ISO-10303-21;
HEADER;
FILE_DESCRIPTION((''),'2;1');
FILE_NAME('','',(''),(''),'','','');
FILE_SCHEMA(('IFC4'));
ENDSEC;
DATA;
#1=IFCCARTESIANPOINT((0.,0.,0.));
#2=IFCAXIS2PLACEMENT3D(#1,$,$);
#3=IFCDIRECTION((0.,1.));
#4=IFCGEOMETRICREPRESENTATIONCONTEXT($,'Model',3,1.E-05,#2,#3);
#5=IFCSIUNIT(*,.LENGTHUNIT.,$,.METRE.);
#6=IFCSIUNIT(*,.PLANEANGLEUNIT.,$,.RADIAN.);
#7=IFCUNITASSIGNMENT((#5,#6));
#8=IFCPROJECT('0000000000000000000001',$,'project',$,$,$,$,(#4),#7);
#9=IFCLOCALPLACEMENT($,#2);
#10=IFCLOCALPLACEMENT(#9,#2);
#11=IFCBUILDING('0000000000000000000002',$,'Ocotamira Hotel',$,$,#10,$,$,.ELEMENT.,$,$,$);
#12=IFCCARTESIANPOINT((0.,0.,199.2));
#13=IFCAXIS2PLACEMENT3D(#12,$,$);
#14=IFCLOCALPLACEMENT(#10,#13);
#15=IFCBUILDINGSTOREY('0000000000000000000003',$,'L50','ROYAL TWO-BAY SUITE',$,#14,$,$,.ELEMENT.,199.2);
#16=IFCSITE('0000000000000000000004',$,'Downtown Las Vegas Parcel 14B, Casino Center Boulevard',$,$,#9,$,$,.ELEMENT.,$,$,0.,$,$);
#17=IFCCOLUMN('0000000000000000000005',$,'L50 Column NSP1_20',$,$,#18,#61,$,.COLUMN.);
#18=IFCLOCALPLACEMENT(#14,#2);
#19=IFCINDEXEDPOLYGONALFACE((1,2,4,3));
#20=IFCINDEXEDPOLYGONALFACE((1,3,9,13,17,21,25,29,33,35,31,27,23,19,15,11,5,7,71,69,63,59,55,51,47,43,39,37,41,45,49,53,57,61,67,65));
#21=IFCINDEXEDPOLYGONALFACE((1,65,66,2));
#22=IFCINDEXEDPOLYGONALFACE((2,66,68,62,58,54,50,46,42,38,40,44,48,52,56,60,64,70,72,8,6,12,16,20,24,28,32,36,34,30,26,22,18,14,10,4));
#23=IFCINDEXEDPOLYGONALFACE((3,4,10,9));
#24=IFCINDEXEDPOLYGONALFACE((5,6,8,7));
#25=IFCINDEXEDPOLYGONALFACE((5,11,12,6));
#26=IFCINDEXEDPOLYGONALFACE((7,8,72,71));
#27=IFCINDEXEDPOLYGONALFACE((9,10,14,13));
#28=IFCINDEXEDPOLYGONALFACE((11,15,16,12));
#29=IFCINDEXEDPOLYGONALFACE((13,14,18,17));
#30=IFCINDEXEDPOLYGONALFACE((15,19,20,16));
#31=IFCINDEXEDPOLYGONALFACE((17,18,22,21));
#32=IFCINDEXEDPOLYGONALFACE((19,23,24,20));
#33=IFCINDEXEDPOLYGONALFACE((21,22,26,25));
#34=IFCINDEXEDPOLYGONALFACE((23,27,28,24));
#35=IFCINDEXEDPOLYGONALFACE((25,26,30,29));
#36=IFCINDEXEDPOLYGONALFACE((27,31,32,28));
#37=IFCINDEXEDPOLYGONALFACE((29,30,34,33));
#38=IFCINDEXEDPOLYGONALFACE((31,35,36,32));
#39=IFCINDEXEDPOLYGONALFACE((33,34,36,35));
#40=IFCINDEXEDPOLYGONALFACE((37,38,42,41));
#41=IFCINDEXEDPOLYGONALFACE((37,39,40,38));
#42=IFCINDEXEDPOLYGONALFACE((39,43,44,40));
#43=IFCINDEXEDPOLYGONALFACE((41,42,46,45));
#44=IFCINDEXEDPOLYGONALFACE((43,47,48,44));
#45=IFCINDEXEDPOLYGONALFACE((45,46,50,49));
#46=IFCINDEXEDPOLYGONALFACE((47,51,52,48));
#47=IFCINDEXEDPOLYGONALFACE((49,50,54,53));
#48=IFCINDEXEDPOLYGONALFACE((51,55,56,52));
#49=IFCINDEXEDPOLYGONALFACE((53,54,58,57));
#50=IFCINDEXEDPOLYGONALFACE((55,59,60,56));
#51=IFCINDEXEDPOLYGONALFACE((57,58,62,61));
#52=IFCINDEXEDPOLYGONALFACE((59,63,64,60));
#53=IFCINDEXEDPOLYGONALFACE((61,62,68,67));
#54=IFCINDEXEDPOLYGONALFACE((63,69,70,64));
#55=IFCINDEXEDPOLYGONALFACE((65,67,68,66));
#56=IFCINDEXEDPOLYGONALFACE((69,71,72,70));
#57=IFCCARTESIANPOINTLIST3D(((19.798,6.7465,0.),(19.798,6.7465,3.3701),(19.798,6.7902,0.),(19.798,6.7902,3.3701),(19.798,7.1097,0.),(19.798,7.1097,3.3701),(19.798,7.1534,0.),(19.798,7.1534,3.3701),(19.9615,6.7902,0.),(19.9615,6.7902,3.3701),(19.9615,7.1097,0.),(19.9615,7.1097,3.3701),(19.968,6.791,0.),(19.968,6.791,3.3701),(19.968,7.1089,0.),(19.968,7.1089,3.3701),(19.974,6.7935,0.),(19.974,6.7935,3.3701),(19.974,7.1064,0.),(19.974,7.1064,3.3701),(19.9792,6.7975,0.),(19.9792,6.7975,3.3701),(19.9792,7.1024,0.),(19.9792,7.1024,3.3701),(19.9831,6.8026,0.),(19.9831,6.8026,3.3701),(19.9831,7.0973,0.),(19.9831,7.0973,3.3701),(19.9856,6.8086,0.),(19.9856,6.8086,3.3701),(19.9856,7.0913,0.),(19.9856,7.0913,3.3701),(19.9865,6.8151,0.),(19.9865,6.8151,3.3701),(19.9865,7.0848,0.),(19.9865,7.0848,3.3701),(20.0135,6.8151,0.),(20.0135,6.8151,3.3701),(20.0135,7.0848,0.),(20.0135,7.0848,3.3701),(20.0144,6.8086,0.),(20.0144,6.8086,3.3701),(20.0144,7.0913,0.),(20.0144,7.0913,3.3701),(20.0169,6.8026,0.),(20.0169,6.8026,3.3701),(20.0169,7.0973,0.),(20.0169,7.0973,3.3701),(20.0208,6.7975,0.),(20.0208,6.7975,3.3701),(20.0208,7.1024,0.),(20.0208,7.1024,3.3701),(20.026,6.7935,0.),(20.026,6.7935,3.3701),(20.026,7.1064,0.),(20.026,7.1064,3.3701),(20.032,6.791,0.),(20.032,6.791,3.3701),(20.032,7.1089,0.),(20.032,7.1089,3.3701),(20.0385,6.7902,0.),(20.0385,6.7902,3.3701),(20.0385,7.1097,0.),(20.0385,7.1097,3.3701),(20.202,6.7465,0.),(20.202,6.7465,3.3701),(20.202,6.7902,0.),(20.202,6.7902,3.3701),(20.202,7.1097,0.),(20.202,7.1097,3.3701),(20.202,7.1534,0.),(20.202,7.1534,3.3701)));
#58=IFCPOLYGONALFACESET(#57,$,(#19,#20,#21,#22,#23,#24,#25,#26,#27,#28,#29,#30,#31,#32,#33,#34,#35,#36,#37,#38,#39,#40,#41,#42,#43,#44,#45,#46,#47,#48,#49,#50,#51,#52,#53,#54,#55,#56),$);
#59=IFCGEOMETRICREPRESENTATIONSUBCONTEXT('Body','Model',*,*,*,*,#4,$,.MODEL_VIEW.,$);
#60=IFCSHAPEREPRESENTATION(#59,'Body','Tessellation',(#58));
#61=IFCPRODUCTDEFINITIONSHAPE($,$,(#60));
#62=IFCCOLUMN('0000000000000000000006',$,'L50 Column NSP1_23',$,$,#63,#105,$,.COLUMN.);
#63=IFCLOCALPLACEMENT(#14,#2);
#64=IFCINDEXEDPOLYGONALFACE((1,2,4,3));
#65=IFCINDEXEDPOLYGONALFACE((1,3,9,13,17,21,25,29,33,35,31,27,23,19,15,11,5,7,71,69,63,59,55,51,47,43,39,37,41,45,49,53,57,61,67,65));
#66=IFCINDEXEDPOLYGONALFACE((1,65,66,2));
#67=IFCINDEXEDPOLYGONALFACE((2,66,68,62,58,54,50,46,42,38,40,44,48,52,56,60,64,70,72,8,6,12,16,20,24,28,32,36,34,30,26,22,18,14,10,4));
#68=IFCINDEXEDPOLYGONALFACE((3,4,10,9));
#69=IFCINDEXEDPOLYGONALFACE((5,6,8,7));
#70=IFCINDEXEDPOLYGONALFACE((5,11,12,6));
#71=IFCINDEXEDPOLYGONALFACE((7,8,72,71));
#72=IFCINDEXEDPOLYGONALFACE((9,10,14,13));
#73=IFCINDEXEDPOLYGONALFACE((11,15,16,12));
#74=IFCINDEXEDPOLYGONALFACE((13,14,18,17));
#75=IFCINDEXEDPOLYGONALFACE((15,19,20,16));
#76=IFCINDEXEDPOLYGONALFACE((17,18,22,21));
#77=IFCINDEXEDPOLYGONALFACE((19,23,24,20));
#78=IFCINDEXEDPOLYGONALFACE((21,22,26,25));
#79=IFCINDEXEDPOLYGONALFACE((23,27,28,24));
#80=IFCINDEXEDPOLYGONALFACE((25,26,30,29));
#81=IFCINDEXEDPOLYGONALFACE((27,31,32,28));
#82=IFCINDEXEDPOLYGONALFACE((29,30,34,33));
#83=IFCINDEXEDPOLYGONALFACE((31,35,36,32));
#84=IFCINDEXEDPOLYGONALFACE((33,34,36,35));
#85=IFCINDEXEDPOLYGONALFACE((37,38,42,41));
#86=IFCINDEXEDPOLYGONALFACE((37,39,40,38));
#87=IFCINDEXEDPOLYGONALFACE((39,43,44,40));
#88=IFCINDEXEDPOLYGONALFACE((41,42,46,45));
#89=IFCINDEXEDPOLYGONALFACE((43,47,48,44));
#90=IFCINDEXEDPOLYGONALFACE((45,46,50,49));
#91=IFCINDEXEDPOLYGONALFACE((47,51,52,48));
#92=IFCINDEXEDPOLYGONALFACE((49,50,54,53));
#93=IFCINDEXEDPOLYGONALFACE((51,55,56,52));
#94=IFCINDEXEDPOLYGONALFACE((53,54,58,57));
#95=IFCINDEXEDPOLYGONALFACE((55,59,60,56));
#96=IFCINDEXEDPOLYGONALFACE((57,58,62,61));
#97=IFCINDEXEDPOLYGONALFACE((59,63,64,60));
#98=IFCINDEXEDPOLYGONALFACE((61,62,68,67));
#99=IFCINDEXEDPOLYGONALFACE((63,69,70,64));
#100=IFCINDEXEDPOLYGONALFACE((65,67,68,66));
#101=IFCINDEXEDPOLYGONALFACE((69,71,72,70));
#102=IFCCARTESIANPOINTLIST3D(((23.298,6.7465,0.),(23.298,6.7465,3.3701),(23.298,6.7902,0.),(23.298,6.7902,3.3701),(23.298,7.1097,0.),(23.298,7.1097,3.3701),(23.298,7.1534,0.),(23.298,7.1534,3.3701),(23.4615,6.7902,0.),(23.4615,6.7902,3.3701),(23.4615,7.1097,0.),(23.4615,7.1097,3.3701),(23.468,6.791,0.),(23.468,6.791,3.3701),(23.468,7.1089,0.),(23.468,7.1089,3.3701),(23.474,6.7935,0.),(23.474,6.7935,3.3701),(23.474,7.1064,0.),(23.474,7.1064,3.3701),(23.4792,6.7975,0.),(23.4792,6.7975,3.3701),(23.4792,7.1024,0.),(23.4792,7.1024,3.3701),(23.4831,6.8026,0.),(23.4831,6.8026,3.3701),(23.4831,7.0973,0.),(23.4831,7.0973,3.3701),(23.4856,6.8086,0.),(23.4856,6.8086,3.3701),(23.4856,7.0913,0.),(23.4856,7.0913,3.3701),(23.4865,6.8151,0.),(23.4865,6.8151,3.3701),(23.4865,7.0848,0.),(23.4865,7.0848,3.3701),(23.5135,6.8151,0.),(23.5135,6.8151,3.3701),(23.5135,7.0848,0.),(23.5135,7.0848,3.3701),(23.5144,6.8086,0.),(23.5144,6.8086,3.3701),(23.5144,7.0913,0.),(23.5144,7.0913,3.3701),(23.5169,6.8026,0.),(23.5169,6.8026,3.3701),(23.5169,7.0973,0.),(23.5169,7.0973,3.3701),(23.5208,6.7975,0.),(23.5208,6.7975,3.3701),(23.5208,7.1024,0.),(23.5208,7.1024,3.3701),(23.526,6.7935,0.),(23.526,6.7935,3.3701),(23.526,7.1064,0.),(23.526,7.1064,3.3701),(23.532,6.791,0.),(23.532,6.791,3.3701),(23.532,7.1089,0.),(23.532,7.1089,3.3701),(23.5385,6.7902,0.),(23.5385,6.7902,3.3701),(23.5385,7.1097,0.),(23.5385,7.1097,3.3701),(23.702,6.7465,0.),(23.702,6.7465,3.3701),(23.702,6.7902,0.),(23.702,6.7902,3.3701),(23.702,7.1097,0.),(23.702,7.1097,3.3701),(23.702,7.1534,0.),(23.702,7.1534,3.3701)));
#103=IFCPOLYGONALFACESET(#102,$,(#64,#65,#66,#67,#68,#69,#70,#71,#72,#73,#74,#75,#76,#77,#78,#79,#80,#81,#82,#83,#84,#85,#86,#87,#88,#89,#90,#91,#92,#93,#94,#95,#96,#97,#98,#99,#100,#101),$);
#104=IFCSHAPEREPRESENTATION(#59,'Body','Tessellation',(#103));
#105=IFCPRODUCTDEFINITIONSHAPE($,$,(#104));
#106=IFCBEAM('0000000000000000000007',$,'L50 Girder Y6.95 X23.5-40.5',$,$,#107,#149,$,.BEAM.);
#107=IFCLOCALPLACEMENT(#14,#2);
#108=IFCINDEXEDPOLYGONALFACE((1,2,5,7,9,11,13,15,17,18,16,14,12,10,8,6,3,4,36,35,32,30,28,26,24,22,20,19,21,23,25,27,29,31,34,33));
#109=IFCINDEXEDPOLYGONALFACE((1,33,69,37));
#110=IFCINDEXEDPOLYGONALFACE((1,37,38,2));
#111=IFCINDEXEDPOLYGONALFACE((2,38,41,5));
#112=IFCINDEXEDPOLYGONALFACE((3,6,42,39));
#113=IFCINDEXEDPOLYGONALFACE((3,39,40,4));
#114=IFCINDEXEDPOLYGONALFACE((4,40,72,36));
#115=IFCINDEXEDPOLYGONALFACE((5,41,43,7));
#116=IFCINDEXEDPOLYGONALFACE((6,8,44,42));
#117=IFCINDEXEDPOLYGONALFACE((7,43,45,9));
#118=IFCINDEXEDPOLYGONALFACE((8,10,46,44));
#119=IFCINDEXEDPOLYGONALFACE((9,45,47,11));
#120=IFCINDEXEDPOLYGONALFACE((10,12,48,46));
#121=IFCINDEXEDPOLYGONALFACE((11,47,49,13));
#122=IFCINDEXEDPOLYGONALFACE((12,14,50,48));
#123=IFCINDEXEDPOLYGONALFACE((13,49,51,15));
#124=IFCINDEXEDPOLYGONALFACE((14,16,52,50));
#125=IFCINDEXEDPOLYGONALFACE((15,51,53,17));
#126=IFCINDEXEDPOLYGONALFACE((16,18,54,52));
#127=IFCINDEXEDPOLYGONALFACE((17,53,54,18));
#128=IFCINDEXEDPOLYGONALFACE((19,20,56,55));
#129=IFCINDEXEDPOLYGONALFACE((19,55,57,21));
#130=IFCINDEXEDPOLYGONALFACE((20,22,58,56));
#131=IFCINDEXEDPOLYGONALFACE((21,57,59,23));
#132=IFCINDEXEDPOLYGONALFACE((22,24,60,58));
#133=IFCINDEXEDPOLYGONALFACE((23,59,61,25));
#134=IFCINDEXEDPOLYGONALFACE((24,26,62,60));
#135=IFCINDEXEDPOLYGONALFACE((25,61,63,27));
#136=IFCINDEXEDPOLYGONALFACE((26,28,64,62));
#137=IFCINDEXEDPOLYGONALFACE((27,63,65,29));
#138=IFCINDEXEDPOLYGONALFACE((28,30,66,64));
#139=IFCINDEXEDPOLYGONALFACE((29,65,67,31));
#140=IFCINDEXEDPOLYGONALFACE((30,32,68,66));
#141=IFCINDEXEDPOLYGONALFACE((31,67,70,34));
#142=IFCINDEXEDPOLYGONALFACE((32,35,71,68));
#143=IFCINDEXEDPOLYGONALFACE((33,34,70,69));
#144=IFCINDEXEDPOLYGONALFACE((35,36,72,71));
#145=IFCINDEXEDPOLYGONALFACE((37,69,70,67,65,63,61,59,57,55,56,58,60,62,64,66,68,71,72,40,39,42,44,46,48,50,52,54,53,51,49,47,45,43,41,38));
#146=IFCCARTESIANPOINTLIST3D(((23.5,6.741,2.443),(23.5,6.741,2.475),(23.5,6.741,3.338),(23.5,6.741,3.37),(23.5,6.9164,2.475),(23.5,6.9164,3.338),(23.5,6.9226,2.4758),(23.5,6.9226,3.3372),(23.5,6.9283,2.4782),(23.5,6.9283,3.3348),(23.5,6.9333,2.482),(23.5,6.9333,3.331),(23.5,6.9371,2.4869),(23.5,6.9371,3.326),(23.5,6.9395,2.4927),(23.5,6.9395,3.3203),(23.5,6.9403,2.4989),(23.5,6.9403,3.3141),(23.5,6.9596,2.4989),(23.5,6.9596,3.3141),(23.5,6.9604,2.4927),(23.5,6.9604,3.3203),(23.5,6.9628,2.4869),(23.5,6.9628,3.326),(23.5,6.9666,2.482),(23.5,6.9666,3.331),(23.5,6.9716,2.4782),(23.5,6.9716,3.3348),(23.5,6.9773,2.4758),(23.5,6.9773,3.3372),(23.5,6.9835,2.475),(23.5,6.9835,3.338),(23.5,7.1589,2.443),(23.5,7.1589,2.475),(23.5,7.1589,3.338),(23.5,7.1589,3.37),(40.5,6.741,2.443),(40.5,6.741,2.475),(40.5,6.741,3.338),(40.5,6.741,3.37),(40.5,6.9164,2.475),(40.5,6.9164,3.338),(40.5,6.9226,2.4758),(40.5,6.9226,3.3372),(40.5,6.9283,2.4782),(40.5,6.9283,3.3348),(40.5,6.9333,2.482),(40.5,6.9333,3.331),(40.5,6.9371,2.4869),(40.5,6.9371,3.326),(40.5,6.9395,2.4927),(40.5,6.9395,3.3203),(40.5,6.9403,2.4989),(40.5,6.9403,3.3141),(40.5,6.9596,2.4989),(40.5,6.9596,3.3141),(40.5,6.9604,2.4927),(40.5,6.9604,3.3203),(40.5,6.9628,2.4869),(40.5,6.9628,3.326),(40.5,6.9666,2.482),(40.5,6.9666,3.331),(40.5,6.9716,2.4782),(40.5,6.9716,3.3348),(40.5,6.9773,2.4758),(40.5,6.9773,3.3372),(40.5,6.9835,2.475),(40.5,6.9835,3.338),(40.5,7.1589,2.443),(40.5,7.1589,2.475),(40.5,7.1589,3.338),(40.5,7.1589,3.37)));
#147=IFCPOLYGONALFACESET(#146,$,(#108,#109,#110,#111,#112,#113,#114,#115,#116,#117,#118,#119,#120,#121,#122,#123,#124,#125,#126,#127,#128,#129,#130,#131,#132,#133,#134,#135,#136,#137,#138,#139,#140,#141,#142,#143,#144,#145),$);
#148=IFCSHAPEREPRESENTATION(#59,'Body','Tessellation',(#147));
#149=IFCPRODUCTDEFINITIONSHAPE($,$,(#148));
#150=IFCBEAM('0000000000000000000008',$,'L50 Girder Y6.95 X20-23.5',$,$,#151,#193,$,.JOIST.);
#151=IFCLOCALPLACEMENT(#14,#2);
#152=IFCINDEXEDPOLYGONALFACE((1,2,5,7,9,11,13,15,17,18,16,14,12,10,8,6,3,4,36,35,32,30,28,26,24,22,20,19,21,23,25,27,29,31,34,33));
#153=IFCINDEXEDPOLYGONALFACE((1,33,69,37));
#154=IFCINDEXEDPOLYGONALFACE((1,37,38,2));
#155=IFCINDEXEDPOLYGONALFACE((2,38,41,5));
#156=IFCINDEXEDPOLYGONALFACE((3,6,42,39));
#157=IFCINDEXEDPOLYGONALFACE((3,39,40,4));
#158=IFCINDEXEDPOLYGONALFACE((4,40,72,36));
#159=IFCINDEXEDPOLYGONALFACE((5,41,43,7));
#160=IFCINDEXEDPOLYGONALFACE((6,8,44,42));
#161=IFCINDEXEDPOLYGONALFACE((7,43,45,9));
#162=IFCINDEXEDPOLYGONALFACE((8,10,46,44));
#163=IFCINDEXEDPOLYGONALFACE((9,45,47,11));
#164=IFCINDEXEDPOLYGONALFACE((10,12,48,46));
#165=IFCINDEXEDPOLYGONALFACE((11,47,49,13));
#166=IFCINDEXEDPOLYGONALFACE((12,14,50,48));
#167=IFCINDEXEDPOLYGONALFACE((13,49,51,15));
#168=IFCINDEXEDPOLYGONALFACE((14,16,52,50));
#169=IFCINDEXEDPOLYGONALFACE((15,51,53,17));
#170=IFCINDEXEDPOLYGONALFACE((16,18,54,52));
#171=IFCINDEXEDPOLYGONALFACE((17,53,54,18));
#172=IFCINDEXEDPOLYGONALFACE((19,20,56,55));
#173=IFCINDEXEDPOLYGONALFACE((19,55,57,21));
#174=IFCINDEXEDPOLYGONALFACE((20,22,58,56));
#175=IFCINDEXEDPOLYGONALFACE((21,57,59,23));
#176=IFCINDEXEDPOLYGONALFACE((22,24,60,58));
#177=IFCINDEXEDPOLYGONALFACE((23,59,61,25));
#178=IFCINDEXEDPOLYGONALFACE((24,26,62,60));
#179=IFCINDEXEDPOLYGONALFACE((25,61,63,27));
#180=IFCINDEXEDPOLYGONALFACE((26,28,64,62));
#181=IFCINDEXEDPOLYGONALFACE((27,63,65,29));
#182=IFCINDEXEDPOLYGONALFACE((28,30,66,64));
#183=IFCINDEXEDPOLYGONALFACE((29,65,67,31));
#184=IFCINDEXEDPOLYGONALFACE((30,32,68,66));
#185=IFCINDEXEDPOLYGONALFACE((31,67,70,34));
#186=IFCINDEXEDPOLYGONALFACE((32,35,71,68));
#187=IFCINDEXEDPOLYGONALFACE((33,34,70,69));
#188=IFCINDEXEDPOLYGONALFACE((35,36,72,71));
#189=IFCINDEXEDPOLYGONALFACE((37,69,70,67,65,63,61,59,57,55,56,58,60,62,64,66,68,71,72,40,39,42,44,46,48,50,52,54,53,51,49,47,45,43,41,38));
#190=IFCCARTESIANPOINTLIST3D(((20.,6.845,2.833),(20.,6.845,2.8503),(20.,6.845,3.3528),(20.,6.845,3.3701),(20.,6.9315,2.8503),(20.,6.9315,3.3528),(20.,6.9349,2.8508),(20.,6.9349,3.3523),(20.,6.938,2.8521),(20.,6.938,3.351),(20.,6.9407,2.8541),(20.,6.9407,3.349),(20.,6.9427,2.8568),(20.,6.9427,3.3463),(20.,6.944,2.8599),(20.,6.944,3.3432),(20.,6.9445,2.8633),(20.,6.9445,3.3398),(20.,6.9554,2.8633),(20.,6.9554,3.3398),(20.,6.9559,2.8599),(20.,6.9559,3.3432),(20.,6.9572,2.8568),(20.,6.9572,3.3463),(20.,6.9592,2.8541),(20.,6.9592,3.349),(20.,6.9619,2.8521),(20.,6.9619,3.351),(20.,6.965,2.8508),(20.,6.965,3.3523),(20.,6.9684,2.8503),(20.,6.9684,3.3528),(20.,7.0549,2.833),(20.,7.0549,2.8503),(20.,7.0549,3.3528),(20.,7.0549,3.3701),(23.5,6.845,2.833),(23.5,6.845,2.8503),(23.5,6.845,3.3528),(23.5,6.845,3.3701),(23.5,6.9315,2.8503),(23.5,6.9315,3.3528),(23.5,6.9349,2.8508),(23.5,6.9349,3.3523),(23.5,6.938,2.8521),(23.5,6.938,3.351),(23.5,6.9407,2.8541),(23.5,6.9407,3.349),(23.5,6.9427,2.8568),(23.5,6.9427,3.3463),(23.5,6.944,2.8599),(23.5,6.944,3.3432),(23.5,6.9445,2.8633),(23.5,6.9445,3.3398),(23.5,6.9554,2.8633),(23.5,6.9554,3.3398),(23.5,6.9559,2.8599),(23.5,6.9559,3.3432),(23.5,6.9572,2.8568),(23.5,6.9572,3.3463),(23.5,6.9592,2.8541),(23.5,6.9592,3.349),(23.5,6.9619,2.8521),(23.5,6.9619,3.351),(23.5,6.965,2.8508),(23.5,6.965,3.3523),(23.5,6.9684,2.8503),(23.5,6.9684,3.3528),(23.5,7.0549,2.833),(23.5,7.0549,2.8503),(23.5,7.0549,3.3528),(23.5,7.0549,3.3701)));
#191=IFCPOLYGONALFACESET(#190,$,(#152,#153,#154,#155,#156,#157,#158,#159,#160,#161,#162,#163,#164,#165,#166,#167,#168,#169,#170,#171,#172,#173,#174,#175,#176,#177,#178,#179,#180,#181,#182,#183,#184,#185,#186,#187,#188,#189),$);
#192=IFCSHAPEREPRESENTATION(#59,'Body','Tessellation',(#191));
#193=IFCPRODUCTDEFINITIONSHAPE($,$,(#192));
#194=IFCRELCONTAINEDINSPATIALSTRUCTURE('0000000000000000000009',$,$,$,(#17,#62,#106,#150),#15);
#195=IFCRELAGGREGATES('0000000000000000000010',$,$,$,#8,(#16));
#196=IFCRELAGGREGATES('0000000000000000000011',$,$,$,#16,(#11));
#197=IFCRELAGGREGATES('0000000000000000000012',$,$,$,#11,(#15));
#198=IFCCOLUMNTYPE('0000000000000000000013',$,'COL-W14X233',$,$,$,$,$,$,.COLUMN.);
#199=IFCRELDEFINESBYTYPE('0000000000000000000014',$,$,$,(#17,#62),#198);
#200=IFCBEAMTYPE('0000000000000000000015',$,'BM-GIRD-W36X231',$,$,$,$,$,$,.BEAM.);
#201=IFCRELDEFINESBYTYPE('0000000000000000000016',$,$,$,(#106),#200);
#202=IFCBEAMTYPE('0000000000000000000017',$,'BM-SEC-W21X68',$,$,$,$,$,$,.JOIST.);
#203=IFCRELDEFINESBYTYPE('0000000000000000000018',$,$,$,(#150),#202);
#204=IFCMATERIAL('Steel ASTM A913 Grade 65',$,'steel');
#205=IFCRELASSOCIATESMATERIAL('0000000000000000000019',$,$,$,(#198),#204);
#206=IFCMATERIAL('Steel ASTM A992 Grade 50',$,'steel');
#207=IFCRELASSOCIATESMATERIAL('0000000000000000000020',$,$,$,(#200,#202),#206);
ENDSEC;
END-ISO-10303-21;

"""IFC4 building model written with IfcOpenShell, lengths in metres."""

from ifc_helpers import new_model, si_unit, direction, frame, origin, origin_2d, place, context, subcontext, project, spatial, i_section, extrude, source, transform, mapped, material, material_profile, profile_set, type_object, element, save


model = new_model("IFC4")

# Units and contexts
model_context = context("Model", 3, precision=1e-05, world=origin(), true_north=direction((0.0, 1.0)))
body_context = subcontext(model_context, "Body", "Model", "MODEL_VIEW")
ifc_project = project(units=[si_unit("LENGTHUNIT", "METRE"), si_unit("PLANEANGLEUNIT", "RADIAN")], contexts=[model_context])

# Site, building, storey
site_placement = place(None, origin())
site = spatial("IfcSite", under=ifc_project, at=site_placement, Name="Downtown Las Vegas Parcel 14B, Casino Center Boulevard", CompositionType="ELEMENT", RefElevation=0.0)
building_placement = place(site_placement, origin())
building = spatial("IfcBuilding", under=site, at=building_placement, Name="Ocotamira Hotel", CompositionType="ELEMENT")
storey_placement = place(building_placement, frame((0.0, 0.0, 199.2)))
storey = spatial("IfcBuildingStorey", under=building, at=storey_placement, Name="L50", Description="ROYAL TWO-BAY SUITE", CompositionType="ELEMENT", Elevation=199.2)

# Columns
ifc_material_1 = material(Name="Steel ASTM A913 Grade 65", Category="steel")
ifc_material_profile_1 = material_profile(ifc_material_1, i_section(OverallWidth=0.4041, OverallDepth=0.407, WebThickness=0.0271, FlangeThickness=0.0437, FilletRadius=0.0249, at=origin_2d()), Name="W14X233")
ifc_profile_set_1 = profile_set([ifc_material_profile_1], Name="Steel ASTM A913 Grade 65")
column_type = type_object("IfcColumnType", Name="COL-W14X233", PredefinedType="COLUMN", material=ifc_profile_set_1)
shared_shape_1 = source(origin(), body_context, "Body", "SweptSolid", [
    extrude(i_section(OverallWidth=0.4041, OverallDepth=0.407, WebThickness=0.0271, FlangeThickness=0.0437, FilletRadius=0.0249, at=origin_2d()), origin(), (0.0, 0.0, 1.0), 3.3701),
])
for number, where, z_axis, x_axis, name in (
    (1, (20.0, 6.95, 0.0), (0.0, 0.0, 1.0), (1.0, 0.0, 0.0), "L50 Column NSP1_20"),
    (2, (23.5, 6.95, 0.0), (0.0, 0.0, 1.0), (1.0, 0.0, 0.0), "L50 Column NSP1_23"),
):
    element("IfcColumn", number, at=place(storey_placement, frame(where, z_axis=z_axis, x_axis=x_axis)), inside=storey, type_object=column_type, Name=name, PredefinedType="COLUMN", context=body_context, shape_type="MappedRepresentation", body=[
        mapped(shared_shape_1, transform((0.0, 0.0, 0.0), scale=1.0)),
    ])

# Beams
ifc_material_2 = material(Name="Steel ASTM A992 Grade 50", Category="steel")
ifc_material_profile_2 = material_profile(ifc_material_2, i_section(OverallWidth=0.418, OverallDepth=0.927, WebThickness=0.0193, FlangeThickness=0.032, FilletRadius=0.0239, at=origin_2d()), Name="W36X231")
ifc_profile_set_2 = profile_set([ifc_material_profile_2], Name="Steel ASTM A992 Grade 50")
beam_type_1 = type_object("IfcBeamType", Name="BM-GIRD-W36X231", PredefinedType="BEAM", material=ifc_profile_set_2)
shared_shape_2 = source(origin(), body_context, "Body", "SweptSolid", [
    extrude(i_section(OverallWidth=0.418, OverallDepth=0.927, WebThickness=0.0193, FlangeThickness=0.032, FilletRadius=0.0239, at=origin_2d()), origin(), (0.0, 0.0, 1.0), 17.0),
])
beam_1_placement = place(storey_placement, frame((23.5, 6.95, 2.9065), z_axis=(1.0, 0.0, 0.0), x_axis=(0.0, 1.0, 0.0)))
element("IfcBeam", 3, at=beam_1_placement, inside=storey, type_object=beam_type_1, Name="L50 Girder Y6.95 X23.5-40.5", PredefinedType="BEAM", context=body_context, shape_type="MappedRepresentation", body=[
    mapped(shared_shape_2, transform((0.0, 0.0, 0.0), scale=1.0)),
])
ifc_material_profile_3 = material_profile(ifc_material_2, i_section(OverallWidth=0.21, OverallDepth=0.5371, WebThickness=0.011, FlangeThickness=0.0173, FilletRadius=0.0129, at=origin_2d()), Name="W21X68")
ifc_profile_set_3 = profile_set([ifc_material_profile_3], Name="Steel ASTM A992 Grade 50")
beam_type_2 = type_object("IfcBeamType", Name="BM-SEC-W21X68", PredefinedType="JOIST", material=ifc_profile_set_3)
shared_shape_3 = source(origin(), body_context, "Body", "SweptSolid", [
    extrude(i_section(OverallWidth=0.21, OverallDepth=0.5371, WebThickness=0.011, FlangeThickness=0.0173, FilletRadius=0.0129, at=origin_2d()), origin(), (0.0, 0.0, 1.0), 3.5),
])
beam_2_placement = place(storey_placement, frame((20.0, 6.95, 3.1016), z_axis=(1.0, 0.0, 0.0), x_axis=(0.0, 1.0, 0.0)))
element("IfcBeam", 4, at=beam_2_placement, inside=storey, type_object=beam_type_2, Name="L50 Girder Y6.95 X20-23.5", PredefinedType="JOIST", context=body_context, shape_type="MappedRepresentation", body=[
    mapped(shared_shape_3, transform((0.0, 0.0, 0.0), scale=1.0)),
])

save(model, "model.ifc")
